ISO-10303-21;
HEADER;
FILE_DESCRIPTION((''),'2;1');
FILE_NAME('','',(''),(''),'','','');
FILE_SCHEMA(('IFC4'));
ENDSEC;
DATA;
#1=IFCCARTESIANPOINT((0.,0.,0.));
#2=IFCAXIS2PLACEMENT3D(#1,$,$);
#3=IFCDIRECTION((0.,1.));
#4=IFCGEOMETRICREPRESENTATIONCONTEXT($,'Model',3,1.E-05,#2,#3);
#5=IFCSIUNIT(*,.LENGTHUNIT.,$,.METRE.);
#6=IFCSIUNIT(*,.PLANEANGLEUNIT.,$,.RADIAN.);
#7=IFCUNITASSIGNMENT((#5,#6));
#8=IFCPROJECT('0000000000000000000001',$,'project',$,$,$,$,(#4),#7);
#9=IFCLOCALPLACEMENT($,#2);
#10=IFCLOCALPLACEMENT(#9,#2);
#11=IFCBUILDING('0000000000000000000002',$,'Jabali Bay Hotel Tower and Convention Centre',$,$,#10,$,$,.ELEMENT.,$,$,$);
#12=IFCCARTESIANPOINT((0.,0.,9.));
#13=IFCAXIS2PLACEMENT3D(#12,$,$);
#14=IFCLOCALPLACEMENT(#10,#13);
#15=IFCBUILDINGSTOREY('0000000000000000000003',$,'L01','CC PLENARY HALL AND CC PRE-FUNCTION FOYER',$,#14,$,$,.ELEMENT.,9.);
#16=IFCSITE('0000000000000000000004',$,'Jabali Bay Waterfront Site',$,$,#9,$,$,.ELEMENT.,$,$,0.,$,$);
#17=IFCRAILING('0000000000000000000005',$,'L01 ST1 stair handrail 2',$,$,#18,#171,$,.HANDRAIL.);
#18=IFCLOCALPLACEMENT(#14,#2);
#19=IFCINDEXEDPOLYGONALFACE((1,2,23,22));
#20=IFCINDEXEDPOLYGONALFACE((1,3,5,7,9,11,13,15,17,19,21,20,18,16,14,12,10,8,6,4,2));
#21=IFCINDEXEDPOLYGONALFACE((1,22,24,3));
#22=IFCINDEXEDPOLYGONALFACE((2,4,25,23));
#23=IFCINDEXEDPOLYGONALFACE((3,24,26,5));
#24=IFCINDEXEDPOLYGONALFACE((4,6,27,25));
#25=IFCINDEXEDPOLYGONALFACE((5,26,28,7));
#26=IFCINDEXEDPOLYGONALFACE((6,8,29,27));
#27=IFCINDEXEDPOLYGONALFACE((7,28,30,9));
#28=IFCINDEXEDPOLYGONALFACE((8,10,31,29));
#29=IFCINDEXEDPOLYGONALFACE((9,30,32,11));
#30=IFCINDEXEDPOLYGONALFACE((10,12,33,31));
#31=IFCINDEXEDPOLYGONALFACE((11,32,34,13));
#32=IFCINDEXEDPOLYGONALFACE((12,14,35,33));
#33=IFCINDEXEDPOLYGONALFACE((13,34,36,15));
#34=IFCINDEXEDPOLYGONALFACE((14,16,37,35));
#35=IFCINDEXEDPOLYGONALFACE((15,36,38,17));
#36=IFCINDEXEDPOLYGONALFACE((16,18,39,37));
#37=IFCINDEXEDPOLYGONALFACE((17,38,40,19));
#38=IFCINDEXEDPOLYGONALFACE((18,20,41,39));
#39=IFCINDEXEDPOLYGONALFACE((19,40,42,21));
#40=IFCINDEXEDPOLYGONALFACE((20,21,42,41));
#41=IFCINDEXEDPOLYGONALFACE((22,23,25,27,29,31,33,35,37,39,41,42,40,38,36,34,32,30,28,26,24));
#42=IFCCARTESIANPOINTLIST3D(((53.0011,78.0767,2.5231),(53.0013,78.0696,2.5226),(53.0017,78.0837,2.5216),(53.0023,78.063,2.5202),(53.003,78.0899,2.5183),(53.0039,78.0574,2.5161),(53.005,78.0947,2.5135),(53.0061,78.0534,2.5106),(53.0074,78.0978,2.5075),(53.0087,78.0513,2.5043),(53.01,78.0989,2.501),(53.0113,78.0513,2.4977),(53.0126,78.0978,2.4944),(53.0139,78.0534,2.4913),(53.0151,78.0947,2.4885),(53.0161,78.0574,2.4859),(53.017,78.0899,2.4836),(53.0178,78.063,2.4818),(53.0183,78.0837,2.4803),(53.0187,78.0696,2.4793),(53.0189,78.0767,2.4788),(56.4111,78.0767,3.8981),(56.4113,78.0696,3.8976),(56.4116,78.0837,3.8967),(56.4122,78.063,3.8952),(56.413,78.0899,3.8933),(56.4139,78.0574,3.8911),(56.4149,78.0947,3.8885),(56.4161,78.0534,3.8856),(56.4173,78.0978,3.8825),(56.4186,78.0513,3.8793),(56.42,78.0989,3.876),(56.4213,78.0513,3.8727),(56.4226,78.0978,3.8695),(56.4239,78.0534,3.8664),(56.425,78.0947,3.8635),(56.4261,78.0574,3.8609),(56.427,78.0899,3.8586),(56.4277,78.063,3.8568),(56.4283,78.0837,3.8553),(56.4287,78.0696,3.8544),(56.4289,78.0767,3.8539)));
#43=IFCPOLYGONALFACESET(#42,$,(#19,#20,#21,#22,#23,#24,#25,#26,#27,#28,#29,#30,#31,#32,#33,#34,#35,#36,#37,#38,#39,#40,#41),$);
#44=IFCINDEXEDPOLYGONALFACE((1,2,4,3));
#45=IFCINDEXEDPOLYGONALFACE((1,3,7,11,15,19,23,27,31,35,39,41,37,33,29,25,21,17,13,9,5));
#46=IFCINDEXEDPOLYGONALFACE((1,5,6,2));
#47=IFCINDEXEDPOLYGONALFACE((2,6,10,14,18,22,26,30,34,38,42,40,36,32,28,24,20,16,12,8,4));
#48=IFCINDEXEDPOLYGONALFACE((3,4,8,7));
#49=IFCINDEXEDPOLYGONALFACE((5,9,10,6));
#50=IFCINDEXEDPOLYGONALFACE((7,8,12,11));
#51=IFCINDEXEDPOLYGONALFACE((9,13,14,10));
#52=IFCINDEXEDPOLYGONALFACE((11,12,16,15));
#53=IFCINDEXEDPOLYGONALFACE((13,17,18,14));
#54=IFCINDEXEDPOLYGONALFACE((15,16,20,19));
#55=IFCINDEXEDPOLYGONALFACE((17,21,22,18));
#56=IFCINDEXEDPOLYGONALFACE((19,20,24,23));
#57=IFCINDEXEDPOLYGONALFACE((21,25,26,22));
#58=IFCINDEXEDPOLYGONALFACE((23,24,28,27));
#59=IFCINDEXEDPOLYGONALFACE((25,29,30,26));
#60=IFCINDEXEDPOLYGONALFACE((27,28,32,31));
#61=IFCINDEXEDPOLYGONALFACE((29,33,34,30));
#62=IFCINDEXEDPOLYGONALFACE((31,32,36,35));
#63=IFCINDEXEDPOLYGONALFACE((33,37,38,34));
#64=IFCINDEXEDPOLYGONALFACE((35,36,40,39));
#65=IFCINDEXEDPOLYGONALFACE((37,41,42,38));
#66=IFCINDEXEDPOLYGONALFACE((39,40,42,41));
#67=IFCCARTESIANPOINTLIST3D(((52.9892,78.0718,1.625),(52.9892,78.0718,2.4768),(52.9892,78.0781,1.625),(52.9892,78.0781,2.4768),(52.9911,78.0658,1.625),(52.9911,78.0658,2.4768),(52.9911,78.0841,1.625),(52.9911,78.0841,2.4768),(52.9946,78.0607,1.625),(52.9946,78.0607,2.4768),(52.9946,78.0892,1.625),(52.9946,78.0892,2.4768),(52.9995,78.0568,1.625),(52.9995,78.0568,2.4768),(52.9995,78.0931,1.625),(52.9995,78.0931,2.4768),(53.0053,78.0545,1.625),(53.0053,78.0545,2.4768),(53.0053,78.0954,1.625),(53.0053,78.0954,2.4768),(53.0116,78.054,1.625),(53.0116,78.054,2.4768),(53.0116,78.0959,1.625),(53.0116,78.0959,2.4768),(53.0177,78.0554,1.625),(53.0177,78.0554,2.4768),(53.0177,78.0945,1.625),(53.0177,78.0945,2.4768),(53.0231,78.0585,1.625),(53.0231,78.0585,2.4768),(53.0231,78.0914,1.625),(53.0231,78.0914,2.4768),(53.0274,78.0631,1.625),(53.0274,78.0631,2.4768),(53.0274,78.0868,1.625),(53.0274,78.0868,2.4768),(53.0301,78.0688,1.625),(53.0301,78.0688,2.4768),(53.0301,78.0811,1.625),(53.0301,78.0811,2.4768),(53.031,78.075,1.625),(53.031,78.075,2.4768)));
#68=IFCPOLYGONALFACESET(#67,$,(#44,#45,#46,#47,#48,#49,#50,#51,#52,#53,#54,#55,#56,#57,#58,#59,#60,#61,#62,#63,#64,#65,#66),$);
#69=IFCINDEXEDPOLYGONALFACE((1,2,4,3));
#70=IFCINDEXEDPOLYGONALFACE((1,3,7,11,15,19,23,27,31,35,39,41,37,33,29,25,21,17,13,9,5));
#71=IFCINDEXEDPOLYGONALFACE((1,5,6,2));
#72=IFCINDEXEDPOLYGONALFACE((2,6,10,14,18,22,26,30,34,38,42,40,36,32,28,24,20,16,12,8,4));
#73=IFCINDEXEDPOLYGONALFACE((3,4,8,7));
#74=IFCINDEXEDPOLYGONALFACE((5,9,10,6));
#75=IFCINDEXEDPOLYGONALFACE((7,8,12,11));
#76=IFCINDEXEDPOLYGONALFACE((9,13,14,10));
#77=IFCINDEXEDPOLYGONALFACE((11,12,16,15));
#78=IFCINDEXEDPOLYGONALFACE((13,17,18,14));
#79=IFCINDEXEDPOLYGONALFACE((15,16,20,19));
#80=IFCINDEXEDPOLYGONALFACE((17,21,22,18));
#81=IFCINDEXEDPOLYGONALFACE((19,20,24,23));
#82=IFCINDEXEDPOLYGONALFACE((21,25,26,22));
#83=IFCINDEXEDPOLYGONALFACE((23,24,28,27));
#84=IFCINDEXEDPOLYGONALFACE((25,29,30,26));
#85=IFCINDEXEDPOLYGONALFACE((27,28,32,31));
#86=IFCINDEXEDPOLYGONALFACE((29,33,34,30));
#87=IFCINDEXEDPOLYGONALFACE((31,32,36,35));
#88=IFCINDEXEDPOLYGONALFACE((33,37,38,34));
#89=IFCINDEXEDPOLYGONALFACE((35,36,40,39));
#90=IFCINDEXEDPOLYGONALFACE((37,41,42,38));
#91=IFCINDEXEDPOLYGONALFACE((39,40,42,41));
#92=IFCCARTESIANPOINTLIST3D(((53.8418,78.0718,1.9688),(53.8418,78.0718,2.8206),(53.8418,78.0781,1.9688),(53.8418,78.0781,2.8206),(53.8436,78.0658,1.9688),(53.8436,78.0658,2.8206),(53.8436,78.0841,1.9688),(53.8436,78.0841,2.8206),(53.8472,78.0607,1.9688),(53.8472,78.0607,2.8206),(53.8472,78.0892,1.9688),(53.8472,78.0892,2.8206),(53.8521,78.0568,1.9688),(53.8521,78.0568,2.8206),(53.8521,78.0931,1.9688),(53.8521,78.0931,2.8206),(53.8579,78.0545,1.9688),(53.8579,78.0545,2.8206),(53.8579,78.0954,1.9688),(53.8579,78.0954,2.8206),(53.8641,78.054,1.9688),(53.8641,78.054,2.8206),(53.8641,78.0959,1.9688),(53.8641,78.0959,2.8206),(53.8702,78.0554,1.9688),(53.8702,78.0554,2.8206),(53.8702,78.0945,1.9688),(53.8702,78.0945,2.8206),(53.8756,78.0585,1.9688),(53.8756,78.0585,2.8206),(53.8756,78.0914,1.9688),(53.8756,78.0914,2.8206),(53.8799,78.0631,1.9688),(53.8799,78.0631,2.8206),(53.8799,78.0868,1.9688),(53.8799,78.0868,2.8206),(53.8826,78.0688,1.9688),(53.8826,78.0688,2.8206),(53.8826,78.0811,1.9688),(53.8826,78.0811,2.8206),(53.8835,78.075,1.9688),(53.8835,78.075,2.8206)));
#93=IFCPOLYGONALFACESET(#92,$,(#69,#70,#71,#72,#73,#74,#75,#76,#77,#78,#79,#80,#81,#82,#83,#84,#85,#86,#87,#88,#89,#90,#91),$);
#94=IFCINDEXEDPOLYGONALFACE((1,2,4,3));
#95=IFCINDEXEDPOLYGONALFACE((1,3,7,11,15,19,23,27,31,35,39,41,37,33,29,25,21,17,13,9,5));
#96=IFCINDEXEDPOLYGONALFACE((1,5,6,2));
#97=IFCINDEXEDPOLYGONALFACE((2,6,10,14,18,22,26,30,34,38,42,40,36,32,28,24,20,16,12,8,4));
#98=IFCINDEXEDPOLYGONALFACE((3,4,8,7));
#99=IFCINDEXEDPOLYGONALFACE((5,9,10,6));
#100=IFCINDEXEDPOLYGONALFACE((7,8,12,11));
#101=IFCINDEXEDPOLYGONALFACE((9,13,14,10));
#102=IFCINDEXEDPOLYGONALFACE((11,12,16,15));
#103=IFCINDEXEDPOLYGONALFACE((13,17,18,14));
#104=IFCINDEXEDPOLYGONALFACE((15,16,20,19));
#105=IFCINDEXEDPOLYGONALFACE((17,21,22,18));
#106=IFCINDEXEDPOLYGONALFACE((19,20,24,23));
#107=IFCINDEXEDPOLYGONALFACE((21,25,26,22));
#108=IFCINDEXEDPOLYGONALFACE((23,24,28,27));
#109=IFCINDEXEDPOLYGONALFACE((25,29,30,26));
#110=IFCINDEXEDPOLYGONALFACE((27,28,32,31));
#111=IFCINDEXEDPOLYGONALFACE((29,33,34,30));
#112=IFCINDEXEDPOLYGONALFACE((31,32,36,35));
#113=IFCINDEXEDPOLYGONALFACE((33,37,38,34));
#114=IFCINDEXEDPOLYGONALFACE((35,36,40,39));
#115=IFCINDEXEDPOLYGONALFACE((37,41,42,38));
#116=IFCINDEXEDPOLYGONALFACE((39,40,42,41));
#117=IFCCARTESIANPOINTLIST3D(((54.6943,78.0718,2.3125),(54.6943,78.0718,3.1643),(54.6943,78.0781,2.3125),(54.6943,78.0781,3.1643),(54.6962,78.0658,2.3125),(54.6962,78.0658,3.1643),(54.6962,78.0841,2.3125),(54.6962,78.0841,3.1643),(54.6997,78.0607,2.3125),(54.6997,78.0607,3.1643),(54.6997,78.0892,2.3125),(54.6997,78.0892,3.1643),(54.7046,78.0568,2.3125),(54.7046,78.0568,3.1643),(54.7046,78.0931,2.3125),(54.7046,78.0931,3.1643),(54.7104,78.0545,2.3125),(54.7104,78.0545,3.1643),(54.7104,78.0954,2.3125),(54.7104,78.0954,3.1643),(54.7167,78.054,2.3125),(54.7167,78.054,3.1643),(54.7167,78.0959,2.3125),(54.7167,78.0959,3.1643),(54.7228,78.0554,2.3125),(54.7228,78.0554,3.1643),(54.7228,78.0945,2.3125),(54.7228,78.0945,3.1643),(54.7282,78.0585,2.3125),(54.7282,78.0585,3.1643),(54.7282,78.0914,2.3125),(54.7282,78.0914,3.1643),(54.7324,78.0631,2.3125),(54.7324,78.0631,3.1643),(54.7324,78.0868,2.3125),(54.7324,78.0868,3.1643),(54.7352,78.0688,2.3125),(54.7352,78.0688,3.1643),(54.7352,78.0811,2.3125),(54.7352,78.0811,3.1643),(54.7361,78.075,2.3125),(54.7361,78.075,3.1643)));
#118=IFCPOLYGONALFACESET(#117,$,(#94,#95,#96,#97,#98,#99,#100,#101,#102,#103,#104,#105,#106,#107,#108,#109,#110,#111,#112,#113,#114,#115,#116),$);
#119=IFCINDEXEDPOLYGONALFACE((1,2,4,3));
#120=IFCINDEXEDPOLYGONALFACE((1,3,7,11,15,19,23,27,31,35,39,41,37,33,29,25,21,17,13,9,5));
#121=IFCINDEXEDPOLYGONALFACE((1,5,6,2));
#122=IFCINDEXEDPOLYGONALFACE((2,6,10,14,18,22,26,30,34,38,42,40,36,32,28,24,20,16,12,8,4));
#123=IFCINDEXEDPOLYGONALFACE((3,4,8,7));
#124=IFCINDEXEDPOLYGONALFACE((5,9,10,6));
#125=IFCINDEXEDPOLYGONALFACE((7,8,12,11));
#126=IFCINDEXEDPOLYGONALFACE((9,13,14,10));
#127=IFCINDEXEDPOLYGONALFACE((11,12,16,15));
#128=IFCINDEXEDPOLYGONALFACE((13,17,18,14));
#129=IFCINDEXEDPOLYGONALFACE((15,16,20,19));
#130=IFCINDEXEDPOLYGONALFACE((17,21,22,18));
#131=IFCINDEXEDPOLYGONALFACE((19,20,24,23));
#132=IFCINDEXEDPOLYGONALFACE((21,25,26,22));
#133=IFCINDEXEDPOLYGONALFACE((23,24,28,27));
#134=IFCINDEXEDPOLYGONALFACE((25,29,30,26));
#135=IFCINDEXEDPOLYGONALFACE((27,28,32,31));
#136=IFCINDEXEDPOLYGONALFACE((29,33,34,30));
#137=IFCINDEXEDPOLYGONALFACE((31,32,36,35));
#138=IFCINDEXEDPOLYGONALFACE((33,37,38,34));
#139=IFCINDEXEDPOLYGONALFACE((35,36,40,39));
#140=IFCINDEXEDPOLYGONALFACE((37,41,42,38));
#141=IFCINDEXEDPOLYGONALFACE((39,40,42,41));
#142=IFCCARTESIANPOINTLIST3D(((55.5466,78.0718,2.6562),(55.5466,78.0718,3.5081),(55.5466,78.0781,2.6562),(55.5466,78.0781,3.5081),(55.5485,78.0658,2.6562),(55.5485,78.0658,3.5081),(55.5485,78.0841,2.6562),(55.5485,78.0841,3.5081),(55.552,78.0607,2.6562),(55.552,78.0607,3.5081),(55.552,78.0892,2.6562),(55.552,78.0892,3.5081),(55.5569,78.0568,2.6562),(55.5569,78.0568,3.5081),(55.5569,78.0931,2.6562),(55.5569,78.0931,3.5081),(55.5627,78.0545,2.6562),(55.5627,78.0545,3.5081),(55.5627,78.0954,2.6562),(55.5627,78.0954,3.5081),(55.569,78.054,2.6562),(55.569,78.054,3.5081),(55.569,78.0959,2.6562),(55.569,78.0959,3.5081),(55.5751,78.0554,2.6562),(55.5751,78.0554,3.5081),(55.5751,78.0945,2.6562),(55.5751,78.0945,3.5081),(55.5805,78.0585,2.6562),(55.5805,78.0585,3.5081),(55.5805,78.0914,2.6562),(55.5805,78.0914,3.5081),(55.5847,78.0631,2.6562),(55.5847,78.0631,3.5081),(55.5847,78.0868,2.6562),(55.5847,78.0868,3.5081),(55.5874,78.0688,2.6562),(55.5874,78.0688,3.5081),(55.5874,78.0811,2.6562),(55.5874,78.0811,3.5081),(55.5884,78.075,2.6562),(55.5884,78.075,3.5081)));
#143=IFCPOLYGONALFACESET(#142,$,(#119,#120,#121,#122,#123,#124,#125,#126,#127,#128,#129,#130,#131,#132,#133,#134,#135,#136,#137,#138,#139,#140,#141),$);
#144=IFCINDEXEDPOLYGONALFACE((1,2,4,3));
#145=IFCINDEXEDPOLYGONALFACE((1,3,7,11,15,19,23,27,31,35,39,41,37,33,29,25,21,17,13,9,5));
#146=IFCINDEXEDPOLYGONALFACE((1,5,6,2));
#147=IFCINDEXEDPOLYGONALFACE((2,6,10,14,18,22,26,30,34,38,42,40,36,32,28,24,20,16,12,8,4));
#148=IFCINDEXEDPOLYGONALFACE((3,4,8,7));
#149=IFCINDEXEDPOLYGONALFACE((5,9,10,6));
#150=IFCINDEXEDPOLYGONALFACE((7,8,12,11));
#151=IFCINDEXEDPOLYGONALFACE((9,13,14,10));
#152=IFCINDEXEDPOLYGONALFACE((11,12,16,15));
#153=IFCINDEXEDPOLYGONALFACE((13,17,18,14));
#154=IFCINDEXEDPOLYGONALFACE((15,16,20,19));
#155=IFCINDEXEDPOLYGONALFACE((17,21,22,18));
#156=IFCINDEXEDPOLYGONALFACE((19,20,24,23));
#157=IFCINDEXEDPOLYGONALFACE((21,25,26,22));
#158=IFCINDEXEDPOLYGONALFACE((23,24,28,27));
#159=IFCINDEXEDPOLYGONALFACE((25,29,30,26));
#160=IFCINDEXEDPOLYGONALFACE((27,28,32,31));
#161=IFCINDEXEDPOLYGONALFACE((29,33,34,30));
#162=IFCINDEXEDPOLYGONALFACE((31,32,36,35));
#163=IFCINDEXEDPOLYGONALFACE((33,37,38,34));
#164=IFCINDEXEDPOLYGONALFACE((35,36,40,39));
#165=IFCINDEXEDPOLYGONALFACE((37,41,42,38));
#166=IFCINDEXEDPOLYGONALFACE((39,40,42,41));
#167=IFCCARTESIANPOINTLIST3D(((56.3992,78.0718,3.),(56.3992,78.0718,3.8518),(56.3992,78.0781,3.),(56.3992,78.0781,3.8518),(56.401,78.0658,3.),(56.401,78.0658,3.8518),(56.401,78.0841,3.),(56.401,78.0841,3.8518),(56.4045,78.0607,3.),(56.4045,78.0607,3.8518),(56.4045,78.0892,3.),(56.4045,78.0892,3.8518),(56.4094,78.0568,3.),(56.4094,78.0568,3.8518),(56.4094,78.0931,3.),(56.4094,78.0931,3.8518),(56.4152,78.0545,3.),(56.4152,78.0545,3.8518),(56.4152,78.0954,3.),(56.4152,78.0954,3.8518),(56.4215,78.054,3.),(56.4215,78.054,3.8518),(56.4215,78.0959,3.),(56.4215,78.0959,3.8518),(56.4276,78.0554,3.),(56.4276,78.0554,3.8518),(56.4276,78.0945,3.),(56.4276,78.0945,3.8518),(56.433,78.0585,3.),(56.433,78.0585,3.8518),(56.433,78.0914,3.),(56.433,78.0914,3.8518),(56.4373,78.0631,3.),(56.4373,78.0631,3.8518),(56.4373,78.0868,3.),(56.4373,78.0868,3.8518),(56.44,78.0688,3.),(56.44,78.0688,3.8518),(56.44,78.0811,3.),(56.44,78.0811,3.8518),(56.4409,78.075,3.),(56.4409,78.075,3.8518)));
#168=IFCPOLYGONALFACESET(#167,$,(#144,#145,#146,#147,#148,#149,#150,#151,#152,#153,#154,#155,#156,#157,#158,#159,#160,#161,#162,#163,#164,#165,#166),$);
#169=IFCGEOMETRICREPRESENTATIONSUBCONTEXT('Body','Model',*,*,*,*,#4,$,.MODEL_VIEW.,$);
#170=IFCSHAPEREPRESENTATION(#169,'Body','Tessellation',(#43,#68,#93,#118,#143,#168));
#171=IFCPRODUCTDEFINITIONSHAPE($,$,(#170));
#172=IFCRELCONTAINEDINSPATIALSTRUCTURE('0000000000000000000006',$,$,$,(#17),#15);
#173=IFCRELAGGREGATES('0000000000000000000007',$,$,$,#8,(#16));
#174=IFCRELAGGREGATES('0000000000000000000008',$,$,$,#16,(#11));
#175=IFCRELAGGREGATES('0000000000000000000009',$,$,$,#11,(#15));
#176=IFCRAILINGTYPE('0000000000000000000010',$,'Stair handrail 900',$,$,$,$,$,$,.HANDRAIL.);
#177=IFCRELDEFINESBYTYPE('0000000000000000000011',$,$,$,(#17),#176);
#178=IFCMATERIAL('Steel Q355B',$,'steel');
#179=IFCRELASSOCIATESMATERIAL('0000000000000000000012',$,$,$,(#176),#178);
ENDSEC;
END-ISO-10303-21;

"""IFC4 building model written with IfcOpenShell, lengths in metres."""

from ifc_helpers import new_model, si_unit, direction, frame, origin, origin_2d, place, context, subcontext, project, spatial, circle, extrude, material, type_object, element, save


model = new_model("IFC4")

# Units and contexts
model_context = context("Model", 3, precision=1e-05, world=origin(), true_north=direction((0.0, 1.0)))
body_context = subcontext(model_context, "Body", "Model", "MODEL_VIEW")
ifc_project = project(units=[si_unit("LENGTHUNIT", "METRE"), si_unit("PLANEANGLEUNIT", "RADIAN")], contexts=[model_context])

# Site, building, storey
site_placement = place(None, origin())
site = spatial("IfcSite", under=ifc_project, at=site_placement, Name="Jabali Bay Waterfront Site", CompositionType="ELEMENT", RefElevation=0.0)
building_placement = place(site_placement, origin())
building = spatial("IfcBuilding", under=site, at=building_placement, Name="Jabali Bay Hotel Tower and Convention Centre", CompositionType="ELEMENT")
storey_placement = place(building_placement, frame((0.0, 0.0, 9.0)))
storey = spatial("IfcBuildingStorey", under=building, at=storey_placement, Name="L01", Description="CC PLENARY HALL AND CC PRE-FUNCTION FOYER", CompositionType="ELEMENT", Elevation=9.0)

# Railing
ifc_material_1 = material(Name="Steel Q355B", Category="steel")
railing_type_1 = type_object("IfcRailingType", Name="Stair handrail 900", PredefinedType="HANDRAIL", material=ifc_material_1)
railing_1_placement = place(storey_placement, frame((53.01, 78.075, 1.625)))
element("IfcRailing", 1, at=railing_1_placement, inside=storey, type_object=railing_type_1, Name="L01 ST1 stair handrail 2", PredefinedType="HANDRAIL", context=body_context, shape_type="SweptSolid", body=[
    extrude(circle(Radius=0.0239, at=origin_2d()), frame((0.0, 0.0, 0.876), z_axis=(0.927438, 0.0, 0.373977), x_axis=(0.0, 1.0, 0.0)), (0.0, 0.0, 1.0), 3.6768),
    extrude(circle(Radius=0.021, at=origin_2d()), origin(), (0.0, 0.0, 1.0), 0.8518),
    extrude(circle(Radius=0.021, at=origin_2d()), frame((0.8525, 0.0, 0.3438)), (0.0, 0.0, 1.0), 0.8518),
    extrude(circle(Radius=0.021, at=origin_2d()), frame((1.7051, 0.0, 0.6875)), (0.0, 0.0, 1.0), 0.8518),
    extrude(circle(Radius=0.021, at=origin_2d()), frame((2.5574, 0.0, 1.0312)), (0.0, 0.0, 1.0), 0.8518),
    extrude(circle(Radius=0.021, at=origin_2d()), frame((3.4099, 0.0, 1.375)), (0.0, 0.0, 1.0), 0.8518),
])

save(model, "model.ifc")
